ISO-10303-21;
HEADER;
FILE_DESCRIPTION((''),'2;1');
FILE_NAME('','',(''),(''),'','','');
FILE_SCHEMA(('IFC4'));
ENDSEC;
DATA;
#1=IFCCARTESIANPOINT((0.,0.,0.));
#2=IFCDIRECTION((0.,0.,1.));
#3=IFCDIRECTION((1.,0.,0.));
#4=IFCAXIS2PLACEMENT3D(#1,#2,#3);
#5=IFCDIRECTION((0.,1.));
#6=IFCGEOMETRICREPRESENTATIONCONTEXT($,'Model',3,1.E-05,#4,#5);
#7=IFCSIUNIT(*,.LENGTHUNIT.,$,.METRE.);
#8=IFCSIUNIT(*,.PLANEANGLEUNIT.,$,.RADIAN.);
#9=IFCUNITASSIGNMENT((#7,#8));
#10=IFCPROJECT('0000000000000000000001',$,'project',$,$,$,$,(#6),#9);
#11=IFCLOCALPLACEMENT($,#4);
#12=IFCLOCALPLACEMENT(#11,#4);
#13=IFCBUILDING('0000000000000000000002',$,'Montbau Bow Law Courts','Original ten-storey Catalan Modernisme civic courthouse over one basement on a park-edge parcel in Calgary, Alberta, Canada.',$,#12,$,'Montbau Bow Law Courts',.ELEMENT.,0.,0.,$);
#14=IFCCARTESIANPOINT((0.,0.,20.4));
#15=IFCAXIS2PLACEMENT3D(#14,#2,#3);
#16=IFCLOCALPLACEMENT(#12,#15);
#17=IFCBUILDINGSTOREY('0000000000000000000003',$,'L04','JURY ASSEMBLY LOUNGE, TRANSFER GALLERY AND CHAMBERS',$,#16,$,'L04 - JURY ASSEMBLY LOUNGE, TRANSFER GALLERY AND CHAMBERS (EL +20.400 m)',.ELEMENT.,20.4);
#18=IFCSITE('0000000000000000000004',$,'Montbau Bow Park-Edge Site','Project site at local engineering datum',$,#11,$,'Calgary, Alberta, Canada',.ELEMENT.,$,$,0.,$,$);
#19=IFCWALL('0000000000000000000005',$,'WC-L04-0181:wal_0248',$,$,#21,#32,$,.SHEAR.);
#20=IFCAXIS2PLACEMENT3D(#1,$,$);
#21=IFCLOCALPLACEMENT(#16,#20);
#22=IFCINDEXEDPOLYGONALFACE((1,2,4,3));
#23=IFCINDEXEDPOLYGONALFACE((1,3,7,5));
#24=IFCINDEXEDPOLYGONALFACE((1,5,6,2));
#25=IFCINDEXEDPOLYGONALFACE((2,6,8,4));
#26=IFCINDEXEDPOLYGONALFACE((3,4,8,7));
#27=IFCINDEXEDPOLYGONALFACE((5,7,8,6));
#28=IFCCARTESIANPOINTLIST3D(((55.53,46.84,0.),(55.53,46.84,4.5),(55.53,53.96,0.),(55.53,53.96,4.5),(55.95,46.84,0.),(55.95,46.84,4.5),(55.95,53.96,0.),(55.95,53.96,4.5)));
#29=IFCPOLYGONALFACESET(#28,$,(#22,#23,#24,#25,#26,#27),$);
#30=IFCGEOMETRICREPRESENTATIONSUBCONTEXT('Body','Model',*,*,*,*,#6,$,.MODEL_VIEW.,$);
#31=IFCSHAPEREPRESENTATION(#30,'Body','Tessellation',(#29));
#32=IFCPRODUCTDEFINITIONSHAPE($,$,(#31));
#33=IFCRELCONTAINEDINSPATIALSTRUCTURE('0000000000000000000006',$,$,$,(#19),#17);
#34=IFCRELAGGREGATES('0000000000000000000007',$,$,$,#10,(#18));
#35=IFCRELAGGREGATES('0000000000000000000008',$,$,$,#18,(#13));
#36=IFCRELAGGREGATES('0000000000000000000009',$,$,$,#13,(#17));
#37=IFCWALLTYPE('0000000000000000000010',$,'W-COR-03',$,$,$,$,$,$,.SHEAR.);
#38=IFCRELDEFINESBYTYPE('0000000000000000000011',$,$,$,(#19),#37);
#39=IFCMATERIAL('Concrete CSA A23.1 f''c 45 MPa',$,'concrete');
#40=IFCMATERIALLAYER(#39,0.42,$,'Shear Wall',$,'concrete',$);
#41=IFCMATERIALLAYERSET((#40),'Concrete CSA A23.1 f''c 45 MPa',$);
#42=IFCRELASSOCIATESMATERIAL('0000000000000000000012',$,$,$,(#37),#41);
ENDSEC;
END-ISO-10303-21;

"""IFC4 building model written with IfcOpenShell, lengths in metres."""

from ifc_helpers import new_model, si_unit, direction, frame, frame_2d, origin_with_axes, place, context, subcontext, project, spatial, rectangle, extrude, material, layer, layer_set, type_object, element, save


model = new_model("IFC4")

# Units and contexts
model_context = context("Model", 3, precision=1e-05, world=origin_with_axes(), true_north=direction((0.0, 1.0)))
body_context = subcontext(model_context, "Body", "Model", "MODEL_VIEW")
ifc_project = project(units=[si_unit("LENGTHUNIT", "METRE"), si_unit("PLANEANGLEUNIT", "RADIAN")], contexts=[model_context])

# Site, building, storey
site_placement = place(None, origin_with_axes())
site = spatial("IfcSite", under=ifc_project, at=site_placement, Name="Montbau Bow Park-Edge Site", Description="Project site at local engineering datum", LongName="Calgary, Alberta, Canada", CompositionType="ELEMENT", RefElevation=0.0)
building_placement = place(site_placement, origin_with_axes())
building = spatial("IfcBuilding", under=site, at=building_placement, Name="Montbau Bow Law Courts", Description="Original ten-storey Catalan Modernisme civic courthouse over one basement on a park-edge parcel in Calgary, Alberta, Canada.", LongName="Montbau Bow Law Courts", CompositionType="ELEMENT", ElevationOfRefHeight=0.0, ElevationOfTerrain=0.0)
storey_placement = place(building_placement, frame((0.0, 0.0, 20.4), z_axis=(0.0, 0.0, 1.0), x_axis=(1.0, 0.0, 0.0)))
storey = spatial("IfcBuildingStorey", under=building, at=storey_placement, Name="L04", Description="JURY ASSEMBLY LOUNGE, TRANSFER GALLERY AND CHAMBERS", LongName="L04 - JURY ASSEMBLY LOUNGE, TRANSFER GALLERY AND CHAMBERS (EL +20.400 m)", CompositionType="ELEMENT", Elevation=20.4)

# Wall
ifc_material_1 = material(Name="Concrete CSA A23.1 f'c 45 MPa", Category="concrete")
ifc_layer_1 = layer(ifc_material_1, 0.42, Name="Shear Wall", Category="concrete")
ifc_layer_set_1 = layer_set([ifc_layer_1], Name="Concrete CSA A23.1 f'c 45 MPa")
wall_type = type_object("IfcWallType", Name="W-COR-03", PredefinedType="SHEAR", material=ifc_layer_set_1)
wall_placement = place(None, frame((55.74, 53.96, 20.4), z_axis=(0.0, 0.0, 1.0), x_axis=(0.0, -1.0, 0.0)))
element("IfcWall", 1, at=wall_placement, inside=storey, type_object=wall_type, Name="WC-L04-0181:wal_0248", PredefinedType="SHEAR", context=body_context, shape_type="SweptSolid", body=[
    extrude(rectangle(XDim=7.12, YDim=0.42, at=frame_2d((3.56, 0.0), x_axis=(1.0, 0.0))), origin_with_axes(), (0.0, 0.0, 1.0), 4.5),
])

save(model, "model.ifc")
